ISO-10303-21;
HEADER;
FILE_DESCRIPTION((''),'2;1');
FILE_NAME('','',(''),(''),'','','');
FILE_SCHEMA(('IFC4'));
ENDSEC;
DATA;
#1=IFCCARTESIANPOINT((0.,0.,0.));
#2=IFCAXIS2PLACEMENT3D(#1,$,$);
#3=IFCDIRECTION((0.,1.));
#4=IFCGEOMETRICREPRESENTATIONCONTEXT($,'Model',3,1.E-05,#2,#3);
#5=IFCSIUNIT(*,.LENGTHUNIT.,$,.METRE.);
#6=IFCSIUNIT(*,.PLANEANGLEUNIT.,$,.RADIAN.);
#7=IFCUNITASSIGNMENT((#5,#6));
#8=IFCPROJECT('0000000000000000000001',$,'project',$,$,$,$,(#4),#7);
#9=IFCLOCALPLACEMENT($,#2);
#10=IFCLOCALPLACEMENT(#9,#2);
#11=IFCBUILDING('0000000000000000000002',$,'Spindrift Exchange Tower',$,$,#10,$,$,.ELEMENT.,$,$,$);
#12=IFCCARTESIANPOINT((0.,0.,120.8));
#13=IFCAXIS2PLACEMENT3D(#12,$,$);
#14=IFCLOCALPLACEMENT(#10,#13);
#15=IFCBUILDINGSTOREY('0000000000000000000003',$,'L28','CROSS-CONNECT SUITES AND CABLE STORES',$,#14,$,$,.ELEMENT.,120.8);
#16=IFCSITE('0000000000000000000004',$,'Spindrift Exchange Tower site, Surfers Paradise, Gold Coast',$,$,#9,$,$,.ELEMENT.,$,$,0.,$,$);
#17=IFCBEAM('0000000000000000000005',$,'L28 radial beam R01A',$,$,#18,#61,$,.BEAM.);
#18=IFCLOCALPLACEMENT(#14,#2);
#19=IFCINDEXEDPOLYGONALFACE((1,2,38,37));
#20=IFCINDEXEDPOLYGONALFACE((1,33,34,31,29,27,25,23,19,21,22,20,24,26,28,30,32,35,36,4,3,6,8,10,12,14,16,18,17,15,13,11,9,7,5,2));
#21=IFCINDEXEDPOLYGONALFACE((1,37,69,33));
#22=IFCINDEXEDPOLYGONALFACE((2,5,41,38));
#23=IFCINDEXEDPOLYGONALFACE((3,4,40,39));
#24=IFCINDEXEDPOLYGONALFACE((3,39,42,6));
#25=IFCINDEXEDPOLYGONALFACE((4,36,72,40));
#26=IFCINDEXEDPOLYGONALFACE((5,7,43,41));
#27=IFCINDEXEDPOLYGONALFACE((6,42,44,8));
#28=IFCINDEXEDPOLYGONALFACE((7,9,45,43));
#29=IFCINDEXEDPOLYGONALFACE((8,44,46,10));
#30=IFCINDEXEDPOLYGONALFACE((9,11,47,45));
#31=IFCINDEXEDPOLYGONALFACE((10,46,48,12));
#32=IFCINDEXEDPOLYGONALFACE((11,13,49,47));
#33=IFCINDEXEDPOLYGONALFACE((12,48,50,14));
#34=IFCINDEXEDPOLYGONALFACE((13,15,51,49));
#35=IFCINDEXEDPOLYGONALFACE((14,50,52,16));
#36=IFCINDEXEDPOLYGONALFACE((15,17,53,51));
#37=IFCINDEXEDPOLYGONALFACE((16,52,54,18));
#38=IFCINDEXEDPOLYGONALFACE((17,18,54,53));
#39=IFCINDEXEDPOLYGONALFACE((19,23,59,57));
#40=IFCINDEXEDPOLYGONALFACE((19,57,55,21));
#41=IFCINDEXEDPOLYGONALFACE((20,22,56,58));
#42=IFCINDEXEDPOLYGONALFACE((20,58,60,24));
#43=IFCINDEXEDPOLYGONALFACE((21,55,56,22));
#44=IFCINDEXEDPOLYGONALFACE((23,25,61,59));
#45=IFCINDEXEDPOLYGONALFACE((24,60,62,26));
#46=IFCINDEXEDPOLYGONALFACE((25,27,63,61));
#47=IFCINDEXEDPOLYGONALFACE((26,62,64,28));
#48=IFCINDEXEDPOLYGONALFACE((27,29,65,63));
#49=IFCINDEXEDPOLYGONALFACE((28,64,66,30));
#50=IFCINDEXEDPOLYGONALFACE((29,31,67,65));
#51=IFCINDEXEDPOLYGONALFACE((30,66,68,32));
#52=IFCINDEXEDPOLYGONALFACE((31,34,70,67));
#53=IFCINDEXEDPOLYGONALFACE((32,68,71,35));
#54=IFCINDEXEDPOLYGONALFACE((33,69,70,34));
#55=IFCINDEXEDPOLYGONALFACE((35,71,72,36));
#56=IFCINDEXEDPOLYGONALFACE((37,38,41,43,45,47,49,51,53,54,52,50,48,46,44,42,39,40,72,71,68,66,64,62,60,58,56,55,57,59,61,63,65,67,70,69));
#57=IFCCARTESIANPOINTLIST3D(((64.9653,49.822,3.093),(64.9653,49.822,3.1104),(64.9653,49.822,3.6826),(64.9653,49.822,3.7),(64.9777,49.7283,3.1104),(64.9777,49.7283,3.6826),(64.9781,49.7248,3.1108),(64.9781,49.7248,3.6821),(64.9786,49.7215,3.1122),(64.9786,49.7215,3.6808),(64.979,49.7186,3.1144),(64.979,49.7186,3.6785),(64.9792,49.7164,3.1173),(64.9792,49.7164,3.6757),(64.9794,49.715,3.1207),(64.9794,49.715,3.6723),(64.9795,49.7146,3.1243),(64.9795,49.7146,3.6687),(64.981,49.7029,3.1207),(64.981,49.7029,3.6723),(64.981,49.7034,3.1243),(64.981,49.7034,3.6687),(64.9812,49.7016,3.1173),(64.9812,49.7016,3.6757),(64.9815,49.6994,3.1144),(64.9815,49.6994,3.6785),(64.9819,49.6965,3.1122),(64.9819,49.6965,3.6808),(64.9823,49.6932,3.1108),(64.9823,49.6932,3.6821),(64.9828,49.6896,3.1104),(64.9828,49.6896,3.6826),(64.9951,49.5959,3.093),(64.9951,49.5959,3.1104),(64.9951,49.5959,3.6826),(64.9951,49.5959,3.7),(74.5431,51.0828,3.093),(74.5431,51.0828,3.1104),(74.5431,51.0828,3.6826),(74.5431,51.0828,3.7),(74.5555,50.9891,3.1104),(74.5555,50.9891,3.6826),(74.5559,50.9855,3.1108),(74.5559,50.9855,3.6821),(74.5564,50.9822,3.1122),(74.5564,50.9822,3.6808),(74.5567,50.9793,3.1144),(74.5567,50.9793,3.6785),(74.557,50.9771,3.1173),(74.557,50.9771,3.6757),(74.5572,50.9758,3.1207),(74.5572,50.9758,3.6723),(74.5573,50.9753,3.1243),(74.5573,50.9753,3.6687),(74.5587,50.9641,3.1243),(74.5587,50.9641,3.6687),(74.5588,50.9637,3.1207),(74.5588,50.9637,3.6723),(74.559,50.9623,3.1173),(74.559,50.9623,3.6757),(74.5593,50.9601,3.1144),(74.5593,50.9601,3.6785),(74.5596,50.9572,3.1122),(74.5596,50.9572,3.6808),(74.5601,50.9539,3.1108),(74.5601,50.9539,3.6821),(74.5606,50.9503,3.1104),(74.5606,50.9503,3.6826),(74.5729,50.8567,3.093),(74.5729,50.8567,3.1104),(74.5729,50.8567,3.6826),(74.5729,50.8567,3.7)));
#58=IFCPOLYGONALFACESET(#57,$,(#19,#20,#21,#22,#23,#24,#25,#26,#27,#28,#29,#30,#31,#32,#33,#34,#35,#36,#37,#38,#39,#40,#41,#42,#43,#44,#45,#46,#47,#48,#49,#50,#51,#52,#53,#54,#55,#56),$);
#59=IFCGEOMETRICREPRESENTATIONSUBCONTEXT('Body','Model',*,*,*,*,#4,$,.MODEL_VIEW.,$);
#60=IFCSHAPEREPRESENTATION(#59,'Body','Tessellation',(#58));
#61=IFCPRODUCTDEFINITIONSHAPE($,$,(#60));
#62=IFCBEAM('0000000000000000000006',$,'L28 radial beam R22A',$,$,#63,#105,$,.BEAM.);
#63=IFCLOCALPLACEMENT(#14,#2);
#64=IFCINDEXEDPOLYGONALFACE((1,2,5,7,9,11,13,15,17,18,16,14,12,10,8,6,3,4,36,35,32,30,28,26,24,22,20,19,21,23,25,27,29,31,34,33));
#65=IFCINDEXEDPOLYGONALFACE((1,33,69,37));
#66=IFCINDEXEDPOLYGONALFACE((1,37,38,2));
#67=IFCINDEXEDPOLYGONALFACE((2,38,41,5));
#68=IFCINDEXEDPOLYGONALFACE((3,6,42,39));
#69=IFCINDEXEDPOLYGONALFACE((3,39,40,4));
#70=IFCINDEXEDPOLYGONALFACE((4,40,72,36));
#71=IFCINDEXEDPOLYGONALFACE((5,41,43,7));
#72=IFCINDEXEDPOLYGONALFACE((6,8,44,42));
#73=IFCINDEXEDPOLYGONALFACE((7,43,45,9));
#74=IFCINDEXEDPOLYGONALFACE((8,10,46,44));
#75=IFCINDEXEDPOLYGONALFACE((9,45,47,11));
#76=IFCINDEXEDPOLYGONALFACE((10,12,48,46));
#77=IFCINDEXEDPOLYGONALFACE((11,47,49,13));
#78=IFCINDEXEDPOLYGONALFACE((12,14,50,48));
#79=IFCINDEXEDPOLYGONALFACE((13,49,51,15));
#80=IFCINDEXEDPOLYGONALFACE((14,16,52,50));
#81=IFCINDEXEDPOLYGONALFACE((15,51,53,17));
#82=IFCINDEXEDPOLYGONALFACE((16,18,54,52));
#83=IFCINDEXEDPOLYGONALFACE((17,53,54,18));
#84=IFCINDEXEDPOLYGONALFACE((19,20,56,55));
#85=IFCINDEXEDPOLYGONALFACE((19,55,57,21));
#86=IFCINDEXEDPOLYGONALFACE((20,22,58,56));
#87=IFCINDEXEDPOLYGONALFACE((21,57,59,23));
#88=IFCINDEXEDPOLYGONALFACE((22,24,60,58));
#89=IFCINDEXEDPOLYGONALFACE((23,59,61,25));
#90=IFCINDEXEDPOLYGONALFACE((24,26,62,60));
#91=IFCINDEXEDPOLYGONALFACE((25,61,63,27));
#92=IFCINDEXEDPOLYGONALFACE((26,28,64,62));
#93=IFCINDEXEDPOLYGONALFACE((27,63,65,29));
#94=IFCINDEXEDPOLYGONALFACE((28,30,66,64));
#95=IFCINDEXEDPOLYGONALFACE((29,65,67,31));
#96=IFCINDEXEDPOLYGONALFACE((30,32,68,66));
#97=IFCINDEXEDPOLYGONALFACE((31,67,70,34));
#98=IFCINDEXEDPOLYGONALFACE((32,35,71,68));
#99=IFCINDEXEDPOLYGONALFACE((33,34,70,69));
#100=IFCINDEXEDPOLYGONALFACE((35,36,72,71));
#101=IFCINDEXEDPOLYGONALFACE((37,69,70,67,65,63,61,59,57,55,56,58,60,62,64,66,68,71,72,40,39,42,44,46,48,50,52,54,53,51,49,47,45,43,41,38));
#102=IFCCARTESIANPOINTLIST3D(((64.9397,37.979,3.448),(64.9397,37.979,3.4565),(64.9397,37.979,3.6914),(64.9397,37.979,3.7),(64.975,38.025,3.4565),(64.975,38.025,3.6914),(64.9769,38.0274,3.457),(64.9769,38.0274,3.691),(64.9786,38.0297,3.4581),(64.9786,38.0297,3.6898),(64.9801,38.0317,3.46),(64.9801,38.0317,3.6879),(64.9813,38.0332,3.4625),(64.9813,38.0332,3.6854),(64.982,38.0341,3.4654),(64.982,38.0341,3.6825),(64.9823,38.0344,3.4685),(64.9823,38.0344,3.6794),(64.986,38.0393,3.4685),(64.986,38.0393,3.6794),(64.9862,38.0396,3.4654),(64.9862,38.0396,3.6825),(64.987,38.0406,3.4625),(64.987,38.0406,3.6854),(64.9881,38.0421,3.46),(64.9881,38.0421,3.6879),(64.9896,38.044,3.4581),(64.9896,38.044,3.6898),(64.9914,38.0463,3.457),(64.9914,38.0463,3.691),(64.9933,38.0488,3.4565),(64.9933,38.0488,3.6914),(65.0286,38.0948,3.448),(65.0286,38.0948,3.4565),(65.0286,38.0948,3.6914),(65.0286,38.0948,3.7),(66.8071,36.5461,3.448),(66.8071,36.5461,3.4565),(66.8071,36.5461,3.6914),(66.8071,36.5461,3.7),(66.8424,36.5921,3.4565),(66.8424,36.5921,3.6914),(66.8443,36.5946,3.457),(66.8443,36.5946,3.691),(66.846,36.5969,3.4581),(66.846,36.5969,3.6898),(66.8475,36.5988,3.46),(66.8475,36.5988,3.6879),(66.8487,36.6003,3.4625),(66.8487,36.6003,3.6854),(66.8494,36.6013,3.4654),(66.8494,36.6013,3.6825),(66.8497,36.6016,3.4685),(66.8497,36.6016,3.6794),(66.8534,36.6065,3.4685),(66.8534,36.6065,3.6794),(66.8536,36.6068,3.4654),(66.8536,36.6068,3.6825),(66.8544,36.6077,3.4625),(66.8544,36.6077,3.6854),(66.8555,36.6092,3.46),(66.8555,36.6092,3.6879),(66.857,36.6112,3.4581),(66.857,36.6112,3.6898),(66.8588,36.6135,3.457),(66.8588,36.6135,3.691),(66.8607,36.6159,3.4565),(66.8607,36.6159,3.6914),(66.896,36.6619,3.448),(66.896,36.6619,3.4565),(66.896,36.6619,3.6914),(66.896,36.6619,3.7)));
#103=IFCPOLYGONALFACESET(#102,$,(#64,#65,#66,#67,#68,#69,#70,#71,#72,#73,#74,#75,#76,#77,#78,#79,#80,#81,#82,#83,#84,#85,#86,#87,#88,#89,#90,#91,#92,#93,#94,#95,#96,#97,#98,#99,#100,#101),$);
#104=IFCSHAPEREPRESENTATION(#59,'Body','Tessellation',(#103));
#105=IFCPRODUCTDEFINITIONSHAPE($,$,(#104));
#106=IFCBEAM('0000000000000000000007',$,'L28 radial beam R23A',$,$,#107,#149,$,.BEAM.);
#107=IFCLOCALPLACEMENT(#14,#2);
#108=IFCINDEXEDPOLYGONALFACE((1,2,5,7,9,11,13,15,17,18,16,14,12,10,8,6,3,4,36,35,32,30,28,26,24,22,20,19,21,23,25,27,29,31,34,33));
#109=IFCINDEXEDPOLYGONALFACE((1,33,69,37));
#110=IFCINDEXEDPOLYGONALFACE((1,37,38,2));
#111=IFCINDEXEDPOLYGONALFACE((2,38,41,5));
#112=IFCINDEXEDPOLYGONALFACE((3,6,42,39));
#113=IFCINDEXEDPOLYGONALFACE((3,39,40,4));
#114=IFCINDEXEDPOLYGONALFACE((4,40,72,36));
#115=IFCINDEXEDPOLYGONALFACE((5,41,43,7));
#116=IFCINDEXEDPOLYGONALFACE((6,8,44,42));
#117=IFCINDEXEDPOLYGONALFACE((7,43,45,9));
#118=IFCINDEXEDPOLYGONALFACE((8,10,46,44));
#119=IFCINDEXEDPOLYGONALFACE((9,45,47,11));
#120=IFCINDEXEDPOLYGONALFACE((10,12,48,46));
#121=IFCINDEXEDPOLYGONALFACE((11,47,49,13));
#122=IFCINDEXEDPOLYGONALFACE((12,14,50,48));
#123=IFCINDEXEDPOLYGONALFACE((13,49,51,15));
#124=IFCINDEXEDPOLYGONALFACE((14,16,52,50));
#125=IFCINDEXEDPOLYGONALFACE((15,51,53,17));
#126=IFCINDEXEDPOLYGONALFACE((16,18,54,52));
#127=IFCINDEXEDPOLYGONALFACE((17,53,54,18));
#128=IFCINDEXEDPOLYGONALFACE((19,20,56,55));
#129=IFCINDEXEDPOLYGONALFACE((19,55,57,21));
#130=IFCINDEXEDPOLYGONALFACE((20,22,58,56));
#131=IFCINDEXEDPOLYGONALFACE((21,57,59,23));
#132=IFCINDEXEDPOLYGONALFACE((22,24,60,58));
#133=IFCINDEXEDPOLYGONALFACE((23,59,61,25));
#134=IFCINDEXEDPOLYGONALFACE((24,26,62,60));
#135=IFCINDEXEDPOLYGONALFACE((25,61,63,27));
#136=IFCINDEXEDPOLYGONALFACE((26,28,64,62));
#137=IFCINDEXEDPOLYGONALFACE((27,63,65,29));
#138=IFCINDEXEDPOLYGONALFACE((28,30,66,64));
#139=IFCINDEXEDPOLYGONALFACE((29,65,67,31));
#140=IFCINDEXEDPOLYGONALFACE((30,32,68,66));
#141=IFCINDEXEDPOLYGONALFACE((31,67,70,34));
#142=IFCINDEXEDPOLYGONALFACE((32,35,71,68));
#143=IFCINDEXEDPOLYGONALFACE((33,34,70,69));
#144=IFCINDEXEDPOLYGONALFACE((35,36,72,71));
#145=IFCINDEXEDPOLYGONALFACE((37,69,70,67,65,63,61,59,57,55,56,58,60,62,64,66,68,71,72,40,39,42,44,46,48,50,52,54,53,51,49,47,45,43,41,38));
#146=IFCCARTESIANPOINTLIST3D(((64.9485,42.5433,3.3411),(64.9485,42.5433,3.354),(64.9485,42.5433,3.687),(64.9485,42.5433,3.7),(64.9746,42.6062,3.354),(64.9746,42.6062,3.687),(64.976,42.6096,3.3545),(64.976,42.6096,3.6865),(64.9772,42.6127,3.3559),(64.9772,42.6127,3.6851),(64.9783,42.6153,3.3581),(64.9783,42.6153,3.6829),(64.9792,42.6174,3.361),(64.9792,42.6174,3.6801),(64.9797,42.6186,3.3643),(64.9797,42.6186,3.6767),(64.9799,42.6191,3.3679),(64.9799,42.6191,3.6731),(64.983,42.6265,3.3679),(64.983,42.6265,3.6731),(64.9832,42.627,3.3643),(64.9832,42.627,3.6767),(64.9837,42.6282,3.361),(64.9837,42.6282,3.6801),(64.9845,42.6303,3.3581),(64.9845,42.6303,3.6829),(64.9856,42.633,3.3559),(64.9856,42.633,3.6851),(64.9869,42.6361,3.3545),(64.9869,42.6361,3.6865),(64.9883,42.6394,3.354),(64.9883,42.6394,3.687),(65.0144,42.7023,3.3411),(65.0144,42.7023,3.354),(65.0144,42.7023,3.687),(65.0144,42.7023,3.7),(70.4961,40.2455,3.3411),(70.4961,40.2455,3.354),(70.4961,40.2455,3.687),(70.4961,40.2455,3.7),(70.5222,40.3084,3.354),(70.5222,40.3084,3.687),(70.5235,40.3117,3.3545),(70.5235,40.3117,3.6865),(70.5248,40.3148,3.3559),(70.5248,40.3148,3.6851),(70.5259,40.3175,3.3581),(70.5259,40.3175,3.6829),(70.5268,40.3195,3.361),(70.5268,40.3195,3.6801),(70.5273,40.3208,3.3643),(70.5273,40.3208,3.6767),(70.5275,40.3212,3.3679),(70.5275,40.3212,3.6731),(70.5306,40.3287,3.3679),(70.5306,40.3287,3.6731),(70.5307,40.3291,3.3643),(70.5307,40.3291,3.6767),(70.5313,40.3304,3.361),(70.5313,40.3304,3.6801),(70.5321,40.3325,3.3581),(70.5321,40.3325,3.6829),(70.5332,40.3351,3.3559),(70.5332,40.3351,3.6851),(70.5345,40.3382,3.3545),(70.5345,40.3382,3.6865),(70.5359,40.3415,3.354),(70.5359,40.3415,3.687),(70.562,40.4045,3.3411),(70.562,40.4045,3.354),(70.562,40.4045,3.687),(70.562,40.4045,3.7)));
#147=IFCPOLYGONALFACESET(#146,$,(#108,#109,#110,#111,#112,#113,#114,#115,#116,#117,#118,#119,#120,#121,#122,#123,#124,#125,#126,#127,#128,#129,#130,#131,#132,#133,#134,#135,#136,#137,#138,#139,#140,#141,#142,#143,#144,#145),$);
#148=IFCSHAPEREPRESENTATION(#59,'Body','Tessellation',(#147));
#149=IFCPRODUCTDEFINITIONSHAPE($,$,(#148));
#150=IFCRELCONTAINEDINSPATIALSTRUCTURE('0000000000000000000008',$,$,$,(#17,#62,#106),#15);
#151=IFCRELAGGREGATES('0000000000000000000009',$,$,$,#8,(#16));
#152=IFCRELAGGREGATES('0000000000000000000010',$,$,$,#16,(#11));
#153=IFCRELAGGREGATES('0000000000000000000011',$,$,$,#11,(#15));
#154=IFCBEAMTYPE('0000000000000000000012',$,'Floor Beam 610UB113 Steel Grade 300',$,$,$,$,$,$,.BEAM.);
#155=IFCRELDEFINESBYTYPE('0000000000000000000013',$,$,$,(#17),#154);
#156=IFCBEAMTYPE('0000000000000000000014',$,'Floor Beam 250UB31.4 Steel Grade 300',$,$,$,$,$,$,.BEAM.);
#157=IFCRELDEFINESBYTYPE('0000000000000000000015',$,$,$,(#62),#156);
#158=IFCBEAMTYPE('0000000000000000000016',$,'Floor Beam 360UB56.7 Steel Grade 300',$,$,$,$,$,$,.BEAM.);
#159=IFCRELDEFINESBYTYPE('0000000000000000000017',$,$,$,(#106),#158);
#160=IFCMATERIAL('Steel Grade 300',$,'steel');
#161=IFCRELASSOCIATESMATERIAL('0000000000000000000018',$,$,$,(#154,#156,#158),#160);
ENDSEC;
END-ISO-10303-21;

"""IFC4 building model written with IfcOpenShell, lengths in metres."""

from ifc_helpers import new_model, si_unit, direction, frame, origin, origin_2d, place, context, subcontext, project, spatial, i_section, extrude, source, transform, mapped, material, material_profile, profile_set, type_object, element, save


model = new_model("IFC4")

# Units and contexts
model_context = context("Model", 3, precision=1e-05, world=origin(), true_north=direction((0.0, 1.0)))
body_context = subcontext(model_context, "Body", "Model", "MODEL_VIEW")
ifc_project = project(units=[si_unit("LENGTHUNIT", "METRE"), si_unit("PLANEANGLEUNIT", "RADIAN")], contexts=[model_context])

# Site, building, storey
site_placement = place(None, origin())
site = spatial("IfcSite", under=ifc_project, at=site_placement, Name="Spindrift Exchange Tower site, Surfers Paradise, Gold Coast", CompositionType="ELEMENT", RefElevation=0.0)
building_placement = place(site_placement, origin())
building = spatial("IfcBuilding", under=site, at=building_placement, Name="Spindrift Exchange Tower", CompositionType="ELEMENT")
storey_placement = place(building_placement, frame((0.0, 0.0, 120.8)))
storey = spatial("IfcBuildingStorey", under=building, at=storey_placement, Name="L28", Description="CROSS-CONNECT SUITES AND CABLE STORES", CompositionType="ELEMENT", Elevation=120.8)

# Beams
ifc_material_1 = material(Name="Steel Grade 300", Category="steel")
ifc_material_profile_1 = material_profile(ifc_material_1, i_section(OverallWidth=0.228, OverallDepth=0.6069, WebThickness=0.0112, FlangeThickness=0.0173, FilletRadius=0.0139, at=origin_2d()), Name="610UB113")
ifc_profile_set_1 = profile_set([ifc_material_profile_1], Name="Steel Grade 300")
beam_type_1 = type_object("IfcBeamType", Name="Floor Beam 610UB113 Steel Grade 300", PredefinedType="BEAM", material=ifc_profile_set_1)
shared_shape_1 = source(origin(), body_context, "Body", "SweptSolid", [
    extrude(i_section(OverallWidth=0.228, OverallDepth=0.6069, WebThickness=0.0112, FlangeThickness=0.0173, FilletRadius=0.0139, at=origin_2d()), origin(), (0.0, 0.0, 1.0), 9.6604),
])
beam_1_placement = place(storey_placement, frame((64.9802, 49.709, 3.3965), z_axis=(0.991448, 0.130505, 0.0), x_axis=(-0.130505, 0.991448, 0.0)))
element("IfcBeam", 1, at=beam_1_placement, inside=storey, type_object=beam_type_1, Name="L28 radial beam R01A", PredefinedType="BEAM", context=body_context, shape_type="MappedRepresentation", body=[
    mapped(shared_shape_1, transform((0.0, 0.0, 0.0), scale=1.0)),
])
ifc_material_profile_2 = material_profile(ifc_material_1, i_section(OverallWidth=0.146, OverallDepth=0.252, WebThickness=0.0061, FlangeThickness=0.0085, FilletRadius=0.012, at=origin_2d()), Name="250UB31.4")
ifc_profile_set_2 = profile_set([ifc_material_profile_2], Name="Steel Grade 300")
beam_type_2 = type_object("IfcBeamType", Name="Floor Beam 250UB31.4 Steel Grade 300", PredefinedType="BEAM", material=ifc_profile_set_2)
shared_shape_2 = source(origin(), body_context, "Body", "SweptSolid", [
    extrude(i_section(OverallWidth=0.146, OverallDepth=0.252, WebThickness=0.0061, FlangeThickness=0.0085, FilletRadius=0.012, at=origin_2d()), origin(), (0.0, 0.0, 1.0), 2.3538),
])
beam_2_placement = place(storey_placement, frame((64.9841, 38.0369, 3.574), z_axis=(0.793368, -0.608743, 0.0), x_axis=(0.608743, 0.793368, 0.0)))
element("IfcBeam", 2, at=beam_2_placement, inside=storey, type_object=beam_type_2, Name="L28 radial beam R22A", PredefinedType="BEAM", context=body_context, shape_type="MappedRepresentation", body=[
    mapped(shared_shape_2, transform((0.0, 0.0, 0.0), scale=1.0)),
])
ifc_material_profile_3 = material_profile(ifc_material_1, i_section(OverallWidth=0.1721, OverallDepth=0.3589, WebThickness=0.0081, FlangeThickness=0.0129, FilletRadius=0.0139, at=origin_2d()), Name="360UB56.7")
ifc_profile_set_3 = profile_set([ifc_material_profile_3], Name="Steel Grade 300")
beam_type_3 = type_object("IfcBeamType", Name="Floor Beam 360UB56.7 Steel Grade 300", PredefinedType="BEAM", material=ifc_profile_set_3)
shared_shape_3 = source(origin(), body_context, "Body", "SweptSolid", [
    extrude(i_section(OverallWidth=0.1721, OverallDepth=0.3589, WebThickness=0.0081, FlangeThickness=0.0129, FilletRadius=0.0139, at=origin_2d()), origin(), (0.0, 0.0, 1.0), 6.0046),
])
beam_3_placement = place(storey_placement, frame((64.9814, 42.6228, 3.5205), z_axis=(0.923882, -0.382677, 0.0), x_axis=(0.382677, 0.923882, 0.0)))
element("IfcBeam", 3, at=beam_3_placement, inside=storey, type_object=beam_type_3, Name="L28 radial beam R23A", PredefinedType="BEAM", context=body_context, shape_type="MappedRepresentation", body=[
    mapped(shared_shape_3, transform((0.0, 0.0, 0.0), scale=1.0)),
])

save(model, "model.ifc")
